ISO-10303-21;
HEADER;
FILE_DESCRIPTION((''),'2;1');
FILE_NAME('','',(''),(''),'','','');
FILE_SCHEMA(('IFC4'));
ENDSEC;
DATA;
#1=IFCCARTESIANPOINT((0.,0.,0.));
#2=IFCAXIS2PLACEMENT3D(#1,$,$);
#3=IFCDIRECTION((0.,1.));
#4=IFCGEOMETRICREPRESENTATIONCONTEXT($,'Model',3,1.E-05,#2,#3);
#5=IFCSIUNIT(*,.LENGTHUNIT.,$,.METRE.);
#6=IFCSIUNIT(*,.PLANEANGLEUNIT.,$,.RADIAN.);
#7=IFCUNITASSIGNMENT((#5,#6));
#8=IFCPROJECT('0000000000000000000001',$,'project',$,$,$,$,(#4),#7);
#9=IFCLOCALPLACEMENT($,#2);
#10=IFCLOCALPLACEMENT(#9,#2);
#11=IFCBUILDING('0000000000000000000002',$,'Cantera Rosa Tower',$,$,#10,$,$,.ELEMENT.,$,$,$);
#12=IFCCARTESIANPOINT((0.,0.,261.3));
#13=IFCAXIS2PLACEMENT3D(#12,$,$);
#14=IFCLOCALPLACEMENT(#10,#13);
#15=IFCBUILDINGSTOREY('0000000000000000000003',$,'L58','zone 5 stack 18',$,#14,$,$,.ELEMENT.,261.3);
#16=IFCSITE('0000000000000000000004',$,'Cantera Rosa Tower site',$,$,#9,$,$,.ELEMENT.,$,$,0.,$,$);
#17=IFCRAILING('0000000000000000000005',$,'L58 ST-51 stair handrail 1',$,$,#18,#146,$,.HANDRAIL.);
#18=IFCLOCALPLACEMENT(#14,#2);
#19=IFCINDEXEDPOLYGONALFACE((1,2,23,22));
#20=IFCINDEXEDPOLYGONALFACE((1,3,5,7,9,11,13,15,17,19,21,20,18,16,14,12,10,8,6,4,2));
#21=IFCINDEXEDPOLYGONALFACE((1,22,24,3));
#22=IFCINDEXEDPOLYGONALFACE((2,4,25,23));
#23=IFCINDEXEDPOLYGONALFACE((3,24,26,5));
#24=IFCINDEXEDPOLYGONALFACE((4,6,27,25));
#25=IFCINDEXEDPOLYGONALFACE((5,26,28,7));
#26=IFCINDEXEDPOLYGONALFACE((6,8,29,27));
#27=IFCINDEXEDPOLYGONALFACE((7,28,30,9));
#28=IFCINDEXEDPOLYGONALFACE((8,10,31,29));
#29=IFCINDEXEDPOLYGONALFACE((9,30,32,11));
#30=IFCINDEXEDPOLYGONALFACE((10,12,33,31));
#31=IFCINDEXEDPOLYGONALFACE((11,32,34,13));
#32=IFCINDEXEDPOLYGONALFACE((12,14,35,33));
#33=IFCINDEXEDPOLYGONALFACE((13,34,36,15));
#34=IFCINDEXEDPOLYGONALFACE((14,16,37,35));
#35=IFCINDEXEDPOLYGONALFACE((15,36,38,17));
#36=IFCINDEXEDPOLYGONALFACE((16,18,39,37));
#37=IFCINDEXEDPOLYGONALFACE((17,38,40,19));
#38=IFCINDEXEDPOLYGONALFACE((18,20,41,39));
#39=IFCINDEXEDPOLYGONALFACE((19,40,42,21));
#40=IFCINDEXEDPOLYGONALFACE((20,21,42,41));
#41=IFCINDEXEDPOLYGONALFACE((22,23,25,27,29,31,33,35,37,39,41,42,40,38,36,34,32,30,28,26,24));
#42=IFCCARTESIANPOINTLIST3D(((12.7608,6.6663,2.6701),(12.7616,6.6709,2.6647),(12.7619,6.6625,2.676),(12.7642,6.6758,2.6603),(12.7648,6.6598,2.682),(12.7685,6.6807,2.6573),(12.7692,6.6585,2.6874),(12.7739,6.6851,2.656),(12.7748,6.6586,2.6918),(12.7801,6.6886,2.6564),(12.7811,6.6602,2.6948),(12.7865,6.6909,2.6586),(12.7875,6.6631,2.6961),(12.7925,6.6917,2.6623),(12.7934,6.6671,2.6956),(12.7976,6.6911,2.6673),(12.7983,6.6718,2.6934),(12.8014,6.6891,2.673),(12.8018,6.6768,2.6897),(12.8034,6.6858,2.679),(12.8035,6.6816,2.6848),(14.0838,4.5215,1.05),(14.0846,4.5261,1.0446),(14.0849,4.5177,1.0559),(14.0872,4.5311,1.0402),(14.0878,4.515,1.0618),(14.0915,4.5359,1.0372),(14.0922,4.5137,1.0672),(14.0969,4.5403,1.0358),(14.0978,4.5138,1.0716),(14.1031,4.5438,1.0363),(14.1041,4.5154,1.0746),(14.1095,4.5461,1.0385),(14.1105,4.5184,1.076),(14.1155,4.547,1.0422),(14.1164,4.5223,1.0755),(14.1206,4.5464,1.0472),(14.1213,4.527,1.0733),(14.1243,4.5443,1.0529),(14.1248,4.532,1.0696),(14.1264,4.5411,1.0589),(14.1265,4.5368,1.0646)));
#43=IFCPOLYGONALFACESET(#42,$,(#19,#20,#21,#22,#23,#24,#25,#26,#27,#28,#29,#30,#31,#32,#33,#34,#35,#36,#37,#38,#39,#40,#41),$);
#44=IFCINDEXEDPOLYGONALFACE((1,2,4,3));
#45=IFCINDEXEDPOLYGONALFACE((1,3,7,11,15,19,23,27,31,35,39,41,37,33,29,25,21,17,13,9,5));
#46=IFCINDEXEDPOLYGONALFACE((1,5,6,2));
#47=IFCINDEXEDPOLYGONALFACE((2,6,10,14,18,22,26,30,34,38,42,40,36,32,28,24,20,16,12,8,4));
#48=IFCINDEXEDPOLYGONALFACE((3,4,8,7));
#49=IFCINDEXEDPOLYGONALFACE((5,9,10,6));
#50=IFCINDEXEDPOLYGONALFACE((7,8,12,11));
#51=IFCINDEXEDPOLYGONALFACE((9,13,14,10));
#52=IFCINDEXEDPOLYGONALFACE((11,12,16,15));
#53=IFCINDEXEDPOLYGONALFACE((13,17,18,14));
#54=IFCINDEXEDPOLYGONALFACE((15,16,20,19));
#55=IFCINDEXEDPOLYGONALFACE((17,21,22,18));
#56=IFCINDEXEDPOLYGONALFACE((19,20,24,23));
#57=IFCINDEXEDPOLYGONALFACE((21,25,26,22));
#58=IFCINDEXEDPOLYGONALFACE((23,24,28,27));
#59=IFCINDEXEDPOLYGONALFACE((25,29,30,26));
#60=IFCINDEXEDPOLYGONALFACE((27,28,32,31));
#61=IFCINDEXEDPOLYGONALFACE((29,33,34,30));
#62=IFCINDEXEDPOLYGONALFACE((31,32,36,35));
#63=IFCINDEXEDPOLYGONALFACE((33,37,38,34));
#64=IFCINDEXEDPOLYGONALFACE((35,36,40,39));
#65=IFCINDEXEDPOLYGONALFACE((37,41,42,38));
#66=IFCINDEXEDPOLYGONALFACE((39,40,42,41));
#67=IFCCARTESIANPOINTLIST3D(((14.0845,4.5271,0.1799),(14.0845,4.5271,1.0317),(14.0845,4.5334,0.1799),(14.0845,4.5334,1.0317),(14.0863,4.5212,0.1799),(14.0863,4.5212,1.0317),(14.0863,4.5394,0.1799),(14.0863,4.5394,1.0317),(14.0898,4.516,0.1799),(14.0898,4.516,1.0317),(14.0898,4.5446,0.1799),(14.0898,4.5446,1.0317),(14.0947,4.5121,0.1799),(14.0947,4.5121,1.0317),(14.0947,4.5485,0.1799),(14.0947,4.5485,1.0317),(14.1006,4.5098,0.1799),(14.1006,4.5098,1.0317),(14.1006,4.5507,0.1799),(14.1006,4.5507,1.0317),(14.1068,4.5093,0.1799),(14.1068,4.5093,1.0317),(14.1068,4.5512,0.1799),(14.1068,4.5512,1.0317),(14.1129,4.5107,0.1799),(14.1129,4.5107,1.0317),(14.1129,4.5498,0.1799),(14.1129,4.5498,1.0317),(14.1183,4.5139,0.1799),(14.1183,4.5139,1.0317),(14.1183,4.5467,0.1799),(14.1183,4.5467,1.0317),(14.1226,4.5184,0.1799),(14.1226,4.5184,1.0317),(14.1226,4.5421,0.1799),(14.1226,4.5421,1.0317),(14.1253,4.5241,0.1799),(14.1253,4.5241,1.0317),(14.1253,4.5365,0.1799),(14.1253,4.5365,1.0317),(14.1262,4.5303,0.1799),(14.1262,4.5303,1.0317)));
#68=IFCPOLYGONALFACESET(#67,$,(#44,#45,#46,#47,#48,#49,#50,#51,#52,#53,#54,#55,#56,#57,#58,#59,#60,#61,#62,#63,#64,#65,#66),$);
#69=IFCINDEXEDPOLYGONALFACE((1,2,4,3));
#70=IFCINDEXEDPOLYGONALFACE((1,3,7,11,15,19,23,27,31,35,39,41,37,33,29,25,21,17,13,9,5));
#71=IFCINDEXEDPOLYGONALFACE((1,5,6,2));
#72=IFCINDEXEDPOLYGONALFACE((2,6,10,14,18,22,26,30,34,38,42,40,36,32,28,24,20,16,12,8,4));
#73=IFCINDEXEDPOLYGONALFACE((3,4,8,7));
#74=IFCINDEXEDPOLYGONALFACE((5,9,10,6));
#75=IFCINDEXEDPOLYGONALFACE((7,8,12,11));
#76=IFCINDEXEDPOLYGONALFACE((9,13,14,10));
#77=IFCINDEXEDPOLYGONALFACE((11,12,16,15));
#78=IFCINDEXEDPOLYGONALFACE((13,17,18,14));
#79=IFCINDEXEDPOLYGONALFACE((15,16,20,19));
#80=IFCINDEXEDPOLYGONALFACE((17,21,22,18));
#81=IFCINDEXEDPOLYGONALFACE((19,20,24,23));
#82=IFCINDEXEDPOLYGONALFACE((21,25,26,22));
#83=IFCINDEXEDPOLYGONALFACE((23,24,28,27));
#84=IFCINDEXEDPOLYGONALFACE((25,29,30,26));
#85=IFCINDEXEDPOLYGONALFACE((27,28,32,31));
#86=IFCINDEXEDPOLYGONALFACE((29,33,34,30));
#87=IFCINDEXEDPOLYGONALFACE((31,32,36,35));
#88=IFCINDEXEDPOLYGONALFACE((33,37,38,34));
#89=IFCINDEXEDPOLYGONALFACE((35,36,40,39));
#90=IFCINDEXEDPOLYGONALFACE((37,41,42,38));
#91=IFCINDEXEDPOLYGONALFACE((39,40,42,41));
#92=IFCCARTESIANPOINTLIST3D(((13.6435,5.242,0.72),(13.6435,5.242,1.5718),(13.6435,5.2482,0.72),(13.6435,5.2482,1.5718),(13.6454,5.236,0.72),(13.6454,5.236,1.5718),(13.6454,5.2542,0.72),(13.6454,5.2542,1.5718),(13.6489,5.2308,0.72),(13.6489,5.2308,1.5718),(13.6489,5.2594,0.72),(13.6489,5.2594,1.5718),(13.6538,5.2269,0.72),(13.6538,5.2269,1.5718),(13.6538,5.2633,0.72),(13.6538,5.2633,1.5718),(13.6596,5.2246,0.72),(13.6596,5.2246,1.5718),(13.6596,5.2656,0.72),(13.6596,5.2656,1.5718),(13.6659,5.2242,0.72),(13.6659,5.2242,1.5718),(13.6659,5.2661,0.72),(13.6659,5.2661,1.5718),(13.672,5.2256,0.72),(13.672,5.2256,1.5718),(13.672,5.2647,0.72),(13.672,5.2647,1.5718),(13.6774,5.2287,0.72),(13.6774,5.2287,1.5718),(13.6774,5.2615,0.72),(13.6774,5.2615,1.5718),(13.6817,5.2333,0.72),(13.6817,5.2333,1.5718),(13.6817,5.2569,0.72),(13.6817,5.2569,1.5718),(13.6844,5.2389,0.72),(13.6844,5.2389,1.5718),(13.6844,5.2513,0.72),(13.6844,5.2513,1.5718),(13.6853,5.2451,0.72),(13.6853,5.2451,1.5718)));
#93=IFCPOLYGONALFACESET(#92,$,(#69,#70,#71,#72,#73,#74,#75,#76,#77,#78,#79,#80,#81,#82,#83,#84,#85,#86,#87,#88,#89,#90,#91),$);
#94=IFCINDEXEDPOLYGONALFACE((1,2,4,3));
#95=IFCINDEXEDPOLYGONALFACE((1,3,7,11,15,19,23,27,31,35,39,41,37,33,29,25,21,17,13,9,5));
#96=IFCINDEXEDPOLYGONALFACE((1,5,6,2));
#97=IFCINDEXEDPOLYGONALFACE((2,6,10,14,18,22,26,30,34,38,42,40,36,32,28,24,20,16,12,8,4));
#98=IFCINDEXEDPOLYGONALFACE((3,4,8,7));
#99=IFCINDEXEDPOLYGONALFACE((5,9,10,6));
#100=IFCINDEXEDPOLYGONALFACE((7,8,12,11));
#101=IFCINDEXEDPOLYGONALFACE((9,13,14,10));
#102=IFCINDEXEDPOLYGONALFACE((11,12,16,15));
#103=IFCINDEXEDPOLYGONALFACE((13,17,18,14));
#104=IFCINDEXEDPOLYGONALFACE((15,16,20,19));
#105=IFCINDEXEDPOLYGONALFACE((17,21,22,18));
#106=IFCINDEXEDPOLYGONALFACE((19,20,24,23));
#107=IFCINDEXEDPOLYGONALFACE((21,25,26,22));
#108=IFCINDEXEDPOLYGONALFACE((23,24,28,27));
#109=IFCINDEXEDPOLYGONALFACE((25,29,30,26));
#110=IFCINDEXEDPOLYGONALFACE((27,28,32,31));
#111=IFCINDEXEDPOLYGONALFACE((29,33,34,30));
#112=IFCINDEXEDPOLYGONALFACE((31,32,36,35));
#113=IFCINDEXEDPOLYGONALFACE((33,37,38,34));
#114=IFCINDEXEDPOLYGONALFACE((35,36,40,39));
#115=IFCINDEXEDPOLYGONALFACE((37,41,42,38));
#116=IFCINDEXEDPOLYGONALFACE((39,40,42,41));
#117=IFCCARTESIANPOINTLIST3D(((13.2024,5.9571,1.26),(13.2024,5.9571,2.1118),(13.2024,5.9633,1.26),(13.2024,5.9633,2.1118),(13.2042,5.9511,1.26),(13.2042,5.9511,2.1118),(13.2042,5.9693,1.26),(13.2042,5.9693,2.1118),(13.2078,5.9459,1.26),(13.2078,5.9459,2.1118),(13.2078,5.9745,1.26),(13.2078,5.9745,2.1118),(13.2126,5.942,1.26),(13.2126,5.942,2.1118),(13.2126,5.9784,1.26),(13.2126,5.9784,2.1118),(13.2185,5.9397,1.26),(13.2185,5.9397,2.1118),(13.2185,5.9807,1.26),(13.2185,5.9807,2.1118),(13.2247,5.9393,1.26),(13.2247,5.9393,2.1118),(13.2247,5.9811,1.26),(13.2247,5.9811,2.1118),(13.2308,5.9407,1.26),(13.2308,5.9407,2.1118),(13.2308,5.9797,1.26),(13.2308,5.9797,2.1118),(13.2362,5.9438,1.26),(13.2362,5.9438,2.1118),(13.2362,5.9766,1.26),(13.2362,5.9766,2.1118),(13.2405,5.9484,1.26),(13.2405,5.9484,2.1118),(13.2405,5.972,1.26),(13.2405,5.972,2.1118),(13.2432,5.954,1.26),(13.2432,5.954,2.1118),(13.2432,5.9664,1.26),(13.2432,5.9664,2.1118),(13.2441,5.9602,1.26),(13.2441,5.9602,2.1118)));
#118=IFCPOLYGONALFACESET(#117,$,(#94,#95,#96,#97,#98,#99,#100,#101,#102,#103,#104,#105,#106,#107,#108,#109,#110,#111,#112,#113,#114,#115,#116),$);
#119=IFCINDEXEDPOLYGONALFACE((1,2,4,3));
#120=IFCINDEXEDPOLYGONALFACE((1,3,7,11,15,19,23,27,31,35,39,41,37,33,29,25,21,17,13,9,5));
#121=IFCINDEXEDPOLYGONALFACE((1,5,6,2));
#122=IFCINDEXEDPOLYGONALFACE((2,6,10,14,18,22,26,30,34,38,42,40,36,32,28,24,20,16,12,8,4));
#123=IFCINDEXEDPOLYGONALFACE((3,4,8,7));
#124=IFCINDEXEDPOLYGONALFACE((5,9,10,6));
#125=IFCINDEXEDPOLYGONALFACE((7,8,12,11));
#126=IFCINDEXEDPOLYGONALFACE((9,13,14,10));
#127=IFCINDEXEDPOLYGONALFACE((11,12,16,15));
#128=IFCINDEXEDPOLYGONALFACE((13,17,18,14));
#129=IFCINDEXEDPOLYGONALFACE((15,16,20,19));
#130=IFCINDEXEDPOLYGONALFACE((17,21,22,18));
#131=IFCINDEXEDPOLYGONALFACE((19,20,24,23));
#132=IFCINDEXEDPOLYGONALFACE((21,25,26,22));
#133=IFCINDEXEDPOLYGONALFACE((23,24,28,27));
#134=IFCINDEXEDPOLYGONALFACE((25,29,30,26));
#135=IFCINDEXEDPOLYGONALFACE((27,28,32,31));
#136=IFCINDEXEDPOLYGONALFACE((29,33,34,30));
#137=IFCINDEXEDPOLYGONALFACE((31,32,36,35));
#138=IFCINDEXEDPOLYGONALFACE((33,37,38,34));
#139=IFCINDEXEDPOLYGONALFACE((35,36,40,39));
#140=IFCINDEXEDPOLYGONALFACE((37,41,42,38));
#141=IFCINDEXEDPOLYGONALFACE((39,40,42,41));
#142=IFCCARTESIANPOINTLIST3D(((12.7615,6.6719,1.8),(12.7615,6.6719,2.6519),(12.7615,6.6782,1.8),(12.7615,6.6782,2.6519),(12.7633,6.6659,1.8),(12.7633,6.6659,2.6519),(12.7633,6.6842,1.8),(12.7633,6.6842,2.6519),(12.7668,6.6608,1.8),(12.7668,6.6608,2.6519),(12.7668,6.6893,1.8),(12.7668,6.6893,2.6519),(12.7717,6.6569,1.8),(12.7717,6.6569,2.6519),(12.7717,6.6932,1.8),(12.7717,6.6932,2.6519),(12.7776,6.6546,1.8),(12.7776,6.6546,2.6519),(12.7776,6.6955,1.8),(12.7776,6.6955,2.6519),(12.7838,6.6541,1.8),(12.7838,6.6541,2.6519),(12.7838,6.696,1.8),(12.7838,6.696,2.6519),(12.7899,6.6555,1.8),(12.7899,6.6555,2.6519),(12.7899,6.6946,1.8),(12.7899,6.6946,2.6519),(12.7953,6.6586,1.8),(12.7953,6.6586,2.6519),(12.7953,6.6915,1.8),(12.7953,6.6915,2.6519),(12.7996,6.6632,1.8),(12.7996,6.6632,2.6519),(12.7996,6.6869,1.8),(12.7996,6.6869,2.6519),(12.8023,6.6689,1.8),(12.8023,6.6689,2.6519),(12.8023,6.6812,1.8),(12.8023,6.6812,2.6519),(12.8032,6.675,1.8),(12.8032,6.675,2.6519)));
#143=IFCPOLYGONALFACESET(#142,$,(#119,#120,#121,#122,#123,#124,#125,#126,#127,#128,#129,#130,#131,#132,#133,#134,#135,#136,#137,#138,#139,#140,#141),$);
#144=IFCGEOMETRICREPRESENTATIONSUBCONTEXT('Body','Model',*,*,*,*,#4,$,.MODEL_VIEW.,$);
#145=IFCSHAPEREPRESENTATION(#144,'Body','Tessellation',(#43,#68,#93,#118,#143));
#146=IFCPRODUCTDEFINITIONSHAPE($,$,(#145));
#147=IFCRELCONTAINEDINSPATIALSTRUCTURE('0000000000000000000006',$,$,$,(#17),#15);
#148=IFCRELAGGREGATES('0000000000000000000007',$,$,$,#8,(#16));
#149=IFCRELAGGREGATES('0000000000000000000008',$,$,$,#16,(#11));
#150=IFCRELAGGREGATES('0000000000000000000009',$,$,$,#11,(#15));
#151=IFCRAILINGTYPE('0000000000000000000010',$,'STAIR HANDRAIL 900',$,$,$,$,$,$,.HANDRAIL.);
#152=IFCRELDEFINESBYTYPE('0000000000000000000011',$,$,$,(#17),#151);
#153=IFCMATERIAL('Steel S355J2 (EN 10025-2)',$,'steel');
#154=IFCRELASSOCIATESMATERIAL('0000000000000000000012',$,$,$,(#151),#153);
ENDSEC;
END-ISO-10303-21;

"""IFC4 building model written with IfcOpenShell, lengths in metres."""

from ifc_helpers import new_model, si_unit, direction, frame, origin, origin_2d, place, context, subcontext, project, spatial, circle, extrude, material, type_object, element, save


model = new_model("IFC4")

# Units and contexts
model_context = context("Model", 3, precision=1e-05, world=origin(), true_north=direction((0.0, 1.0)))
body_context = subcontext(model_context, "Body", "Model", "MODEL_VIEW")
ifc_project = project(units=[si_unit("LENGTHUNIT", "METRE"), si_unit("PLANEANGLEUNIT", "RADIAN")], contexts=[model_context])

# Site, building, storey
site_placement = place(None, origin())
site = spatial("IfcSite", under=ifc_project, at=site_placement, Name="Cantera Rosa Tower site", CompositionType="ELEMENT", RefElevation=0.0)
building_placement = place(site_placement, origin())
building = spatial("IfcBuilding", under=site, at=building_placement, Name="Cantera Rosa Tower", CompositionType="ELEMENT")
storey_placement = place(building_placement, frame((0.0, 0.0, 261.3)))
storey = spatial("IfcBuildingStorey", under=building, at=storey_placement, Name="L58", Description="zone 5 stack 18", CompositionType="ELEMENT", Elevation=261.3)

# Railing
ifc_material_1 = material(Name="Steel S355J2 (EN 10025-2)", Category="steel")
railing_type_1 = type_object("IfcRailingType", Name="STAIR HANDRAIL 900", PredefinedType="HANDRAIL", material=ifc_material_1)
railing_1_placement = place(storey_placement, frame((14.1052, 4.5303, 0.1799)))
element("IfcRailing", 1, at=railing_1_placement, inside=storey, type_object=railing_type_1, Name="L58 ST-51 stair handrail 1", PredefinedType="HANDRAIL", context=body_context, shape_type="SweptSolid", body=[
    extrude(circle(Radius=0.0239, at=origin_2d()), frame((0.0, 0.0, 0.876), z_axis=(-0.441609, 0.715914, 0.540786), x_axis=(-0.851102, -0.525, 0.0)), (0.0, 0.0, 1.0), 2.9958),
    extrude(circle(Radius=0.021, at=origin_2d()), origin(), (0.0, 0.0, 1.0), 0.8518),
    extrude(circle(Radius=0.021, at=origin_2d()), frame((-0.4409, 0.7148, 0.54)), (0.0, 0.0, 1.0), 0.8518),
    extrude(circle(Radius=0.021, at=origin_2d()), frame((-0.8821, 1.4299, 1.0801)), (0.0, 0.0, 1.0), 0.8518),
    extrude(circle(Radius=0.021, at=origin_2d()), frame((-1.323, 2.1448, 1.6201)), (0.0, 0.0, 1.0), 0.8518),
])

save(model, "model.ifc")
